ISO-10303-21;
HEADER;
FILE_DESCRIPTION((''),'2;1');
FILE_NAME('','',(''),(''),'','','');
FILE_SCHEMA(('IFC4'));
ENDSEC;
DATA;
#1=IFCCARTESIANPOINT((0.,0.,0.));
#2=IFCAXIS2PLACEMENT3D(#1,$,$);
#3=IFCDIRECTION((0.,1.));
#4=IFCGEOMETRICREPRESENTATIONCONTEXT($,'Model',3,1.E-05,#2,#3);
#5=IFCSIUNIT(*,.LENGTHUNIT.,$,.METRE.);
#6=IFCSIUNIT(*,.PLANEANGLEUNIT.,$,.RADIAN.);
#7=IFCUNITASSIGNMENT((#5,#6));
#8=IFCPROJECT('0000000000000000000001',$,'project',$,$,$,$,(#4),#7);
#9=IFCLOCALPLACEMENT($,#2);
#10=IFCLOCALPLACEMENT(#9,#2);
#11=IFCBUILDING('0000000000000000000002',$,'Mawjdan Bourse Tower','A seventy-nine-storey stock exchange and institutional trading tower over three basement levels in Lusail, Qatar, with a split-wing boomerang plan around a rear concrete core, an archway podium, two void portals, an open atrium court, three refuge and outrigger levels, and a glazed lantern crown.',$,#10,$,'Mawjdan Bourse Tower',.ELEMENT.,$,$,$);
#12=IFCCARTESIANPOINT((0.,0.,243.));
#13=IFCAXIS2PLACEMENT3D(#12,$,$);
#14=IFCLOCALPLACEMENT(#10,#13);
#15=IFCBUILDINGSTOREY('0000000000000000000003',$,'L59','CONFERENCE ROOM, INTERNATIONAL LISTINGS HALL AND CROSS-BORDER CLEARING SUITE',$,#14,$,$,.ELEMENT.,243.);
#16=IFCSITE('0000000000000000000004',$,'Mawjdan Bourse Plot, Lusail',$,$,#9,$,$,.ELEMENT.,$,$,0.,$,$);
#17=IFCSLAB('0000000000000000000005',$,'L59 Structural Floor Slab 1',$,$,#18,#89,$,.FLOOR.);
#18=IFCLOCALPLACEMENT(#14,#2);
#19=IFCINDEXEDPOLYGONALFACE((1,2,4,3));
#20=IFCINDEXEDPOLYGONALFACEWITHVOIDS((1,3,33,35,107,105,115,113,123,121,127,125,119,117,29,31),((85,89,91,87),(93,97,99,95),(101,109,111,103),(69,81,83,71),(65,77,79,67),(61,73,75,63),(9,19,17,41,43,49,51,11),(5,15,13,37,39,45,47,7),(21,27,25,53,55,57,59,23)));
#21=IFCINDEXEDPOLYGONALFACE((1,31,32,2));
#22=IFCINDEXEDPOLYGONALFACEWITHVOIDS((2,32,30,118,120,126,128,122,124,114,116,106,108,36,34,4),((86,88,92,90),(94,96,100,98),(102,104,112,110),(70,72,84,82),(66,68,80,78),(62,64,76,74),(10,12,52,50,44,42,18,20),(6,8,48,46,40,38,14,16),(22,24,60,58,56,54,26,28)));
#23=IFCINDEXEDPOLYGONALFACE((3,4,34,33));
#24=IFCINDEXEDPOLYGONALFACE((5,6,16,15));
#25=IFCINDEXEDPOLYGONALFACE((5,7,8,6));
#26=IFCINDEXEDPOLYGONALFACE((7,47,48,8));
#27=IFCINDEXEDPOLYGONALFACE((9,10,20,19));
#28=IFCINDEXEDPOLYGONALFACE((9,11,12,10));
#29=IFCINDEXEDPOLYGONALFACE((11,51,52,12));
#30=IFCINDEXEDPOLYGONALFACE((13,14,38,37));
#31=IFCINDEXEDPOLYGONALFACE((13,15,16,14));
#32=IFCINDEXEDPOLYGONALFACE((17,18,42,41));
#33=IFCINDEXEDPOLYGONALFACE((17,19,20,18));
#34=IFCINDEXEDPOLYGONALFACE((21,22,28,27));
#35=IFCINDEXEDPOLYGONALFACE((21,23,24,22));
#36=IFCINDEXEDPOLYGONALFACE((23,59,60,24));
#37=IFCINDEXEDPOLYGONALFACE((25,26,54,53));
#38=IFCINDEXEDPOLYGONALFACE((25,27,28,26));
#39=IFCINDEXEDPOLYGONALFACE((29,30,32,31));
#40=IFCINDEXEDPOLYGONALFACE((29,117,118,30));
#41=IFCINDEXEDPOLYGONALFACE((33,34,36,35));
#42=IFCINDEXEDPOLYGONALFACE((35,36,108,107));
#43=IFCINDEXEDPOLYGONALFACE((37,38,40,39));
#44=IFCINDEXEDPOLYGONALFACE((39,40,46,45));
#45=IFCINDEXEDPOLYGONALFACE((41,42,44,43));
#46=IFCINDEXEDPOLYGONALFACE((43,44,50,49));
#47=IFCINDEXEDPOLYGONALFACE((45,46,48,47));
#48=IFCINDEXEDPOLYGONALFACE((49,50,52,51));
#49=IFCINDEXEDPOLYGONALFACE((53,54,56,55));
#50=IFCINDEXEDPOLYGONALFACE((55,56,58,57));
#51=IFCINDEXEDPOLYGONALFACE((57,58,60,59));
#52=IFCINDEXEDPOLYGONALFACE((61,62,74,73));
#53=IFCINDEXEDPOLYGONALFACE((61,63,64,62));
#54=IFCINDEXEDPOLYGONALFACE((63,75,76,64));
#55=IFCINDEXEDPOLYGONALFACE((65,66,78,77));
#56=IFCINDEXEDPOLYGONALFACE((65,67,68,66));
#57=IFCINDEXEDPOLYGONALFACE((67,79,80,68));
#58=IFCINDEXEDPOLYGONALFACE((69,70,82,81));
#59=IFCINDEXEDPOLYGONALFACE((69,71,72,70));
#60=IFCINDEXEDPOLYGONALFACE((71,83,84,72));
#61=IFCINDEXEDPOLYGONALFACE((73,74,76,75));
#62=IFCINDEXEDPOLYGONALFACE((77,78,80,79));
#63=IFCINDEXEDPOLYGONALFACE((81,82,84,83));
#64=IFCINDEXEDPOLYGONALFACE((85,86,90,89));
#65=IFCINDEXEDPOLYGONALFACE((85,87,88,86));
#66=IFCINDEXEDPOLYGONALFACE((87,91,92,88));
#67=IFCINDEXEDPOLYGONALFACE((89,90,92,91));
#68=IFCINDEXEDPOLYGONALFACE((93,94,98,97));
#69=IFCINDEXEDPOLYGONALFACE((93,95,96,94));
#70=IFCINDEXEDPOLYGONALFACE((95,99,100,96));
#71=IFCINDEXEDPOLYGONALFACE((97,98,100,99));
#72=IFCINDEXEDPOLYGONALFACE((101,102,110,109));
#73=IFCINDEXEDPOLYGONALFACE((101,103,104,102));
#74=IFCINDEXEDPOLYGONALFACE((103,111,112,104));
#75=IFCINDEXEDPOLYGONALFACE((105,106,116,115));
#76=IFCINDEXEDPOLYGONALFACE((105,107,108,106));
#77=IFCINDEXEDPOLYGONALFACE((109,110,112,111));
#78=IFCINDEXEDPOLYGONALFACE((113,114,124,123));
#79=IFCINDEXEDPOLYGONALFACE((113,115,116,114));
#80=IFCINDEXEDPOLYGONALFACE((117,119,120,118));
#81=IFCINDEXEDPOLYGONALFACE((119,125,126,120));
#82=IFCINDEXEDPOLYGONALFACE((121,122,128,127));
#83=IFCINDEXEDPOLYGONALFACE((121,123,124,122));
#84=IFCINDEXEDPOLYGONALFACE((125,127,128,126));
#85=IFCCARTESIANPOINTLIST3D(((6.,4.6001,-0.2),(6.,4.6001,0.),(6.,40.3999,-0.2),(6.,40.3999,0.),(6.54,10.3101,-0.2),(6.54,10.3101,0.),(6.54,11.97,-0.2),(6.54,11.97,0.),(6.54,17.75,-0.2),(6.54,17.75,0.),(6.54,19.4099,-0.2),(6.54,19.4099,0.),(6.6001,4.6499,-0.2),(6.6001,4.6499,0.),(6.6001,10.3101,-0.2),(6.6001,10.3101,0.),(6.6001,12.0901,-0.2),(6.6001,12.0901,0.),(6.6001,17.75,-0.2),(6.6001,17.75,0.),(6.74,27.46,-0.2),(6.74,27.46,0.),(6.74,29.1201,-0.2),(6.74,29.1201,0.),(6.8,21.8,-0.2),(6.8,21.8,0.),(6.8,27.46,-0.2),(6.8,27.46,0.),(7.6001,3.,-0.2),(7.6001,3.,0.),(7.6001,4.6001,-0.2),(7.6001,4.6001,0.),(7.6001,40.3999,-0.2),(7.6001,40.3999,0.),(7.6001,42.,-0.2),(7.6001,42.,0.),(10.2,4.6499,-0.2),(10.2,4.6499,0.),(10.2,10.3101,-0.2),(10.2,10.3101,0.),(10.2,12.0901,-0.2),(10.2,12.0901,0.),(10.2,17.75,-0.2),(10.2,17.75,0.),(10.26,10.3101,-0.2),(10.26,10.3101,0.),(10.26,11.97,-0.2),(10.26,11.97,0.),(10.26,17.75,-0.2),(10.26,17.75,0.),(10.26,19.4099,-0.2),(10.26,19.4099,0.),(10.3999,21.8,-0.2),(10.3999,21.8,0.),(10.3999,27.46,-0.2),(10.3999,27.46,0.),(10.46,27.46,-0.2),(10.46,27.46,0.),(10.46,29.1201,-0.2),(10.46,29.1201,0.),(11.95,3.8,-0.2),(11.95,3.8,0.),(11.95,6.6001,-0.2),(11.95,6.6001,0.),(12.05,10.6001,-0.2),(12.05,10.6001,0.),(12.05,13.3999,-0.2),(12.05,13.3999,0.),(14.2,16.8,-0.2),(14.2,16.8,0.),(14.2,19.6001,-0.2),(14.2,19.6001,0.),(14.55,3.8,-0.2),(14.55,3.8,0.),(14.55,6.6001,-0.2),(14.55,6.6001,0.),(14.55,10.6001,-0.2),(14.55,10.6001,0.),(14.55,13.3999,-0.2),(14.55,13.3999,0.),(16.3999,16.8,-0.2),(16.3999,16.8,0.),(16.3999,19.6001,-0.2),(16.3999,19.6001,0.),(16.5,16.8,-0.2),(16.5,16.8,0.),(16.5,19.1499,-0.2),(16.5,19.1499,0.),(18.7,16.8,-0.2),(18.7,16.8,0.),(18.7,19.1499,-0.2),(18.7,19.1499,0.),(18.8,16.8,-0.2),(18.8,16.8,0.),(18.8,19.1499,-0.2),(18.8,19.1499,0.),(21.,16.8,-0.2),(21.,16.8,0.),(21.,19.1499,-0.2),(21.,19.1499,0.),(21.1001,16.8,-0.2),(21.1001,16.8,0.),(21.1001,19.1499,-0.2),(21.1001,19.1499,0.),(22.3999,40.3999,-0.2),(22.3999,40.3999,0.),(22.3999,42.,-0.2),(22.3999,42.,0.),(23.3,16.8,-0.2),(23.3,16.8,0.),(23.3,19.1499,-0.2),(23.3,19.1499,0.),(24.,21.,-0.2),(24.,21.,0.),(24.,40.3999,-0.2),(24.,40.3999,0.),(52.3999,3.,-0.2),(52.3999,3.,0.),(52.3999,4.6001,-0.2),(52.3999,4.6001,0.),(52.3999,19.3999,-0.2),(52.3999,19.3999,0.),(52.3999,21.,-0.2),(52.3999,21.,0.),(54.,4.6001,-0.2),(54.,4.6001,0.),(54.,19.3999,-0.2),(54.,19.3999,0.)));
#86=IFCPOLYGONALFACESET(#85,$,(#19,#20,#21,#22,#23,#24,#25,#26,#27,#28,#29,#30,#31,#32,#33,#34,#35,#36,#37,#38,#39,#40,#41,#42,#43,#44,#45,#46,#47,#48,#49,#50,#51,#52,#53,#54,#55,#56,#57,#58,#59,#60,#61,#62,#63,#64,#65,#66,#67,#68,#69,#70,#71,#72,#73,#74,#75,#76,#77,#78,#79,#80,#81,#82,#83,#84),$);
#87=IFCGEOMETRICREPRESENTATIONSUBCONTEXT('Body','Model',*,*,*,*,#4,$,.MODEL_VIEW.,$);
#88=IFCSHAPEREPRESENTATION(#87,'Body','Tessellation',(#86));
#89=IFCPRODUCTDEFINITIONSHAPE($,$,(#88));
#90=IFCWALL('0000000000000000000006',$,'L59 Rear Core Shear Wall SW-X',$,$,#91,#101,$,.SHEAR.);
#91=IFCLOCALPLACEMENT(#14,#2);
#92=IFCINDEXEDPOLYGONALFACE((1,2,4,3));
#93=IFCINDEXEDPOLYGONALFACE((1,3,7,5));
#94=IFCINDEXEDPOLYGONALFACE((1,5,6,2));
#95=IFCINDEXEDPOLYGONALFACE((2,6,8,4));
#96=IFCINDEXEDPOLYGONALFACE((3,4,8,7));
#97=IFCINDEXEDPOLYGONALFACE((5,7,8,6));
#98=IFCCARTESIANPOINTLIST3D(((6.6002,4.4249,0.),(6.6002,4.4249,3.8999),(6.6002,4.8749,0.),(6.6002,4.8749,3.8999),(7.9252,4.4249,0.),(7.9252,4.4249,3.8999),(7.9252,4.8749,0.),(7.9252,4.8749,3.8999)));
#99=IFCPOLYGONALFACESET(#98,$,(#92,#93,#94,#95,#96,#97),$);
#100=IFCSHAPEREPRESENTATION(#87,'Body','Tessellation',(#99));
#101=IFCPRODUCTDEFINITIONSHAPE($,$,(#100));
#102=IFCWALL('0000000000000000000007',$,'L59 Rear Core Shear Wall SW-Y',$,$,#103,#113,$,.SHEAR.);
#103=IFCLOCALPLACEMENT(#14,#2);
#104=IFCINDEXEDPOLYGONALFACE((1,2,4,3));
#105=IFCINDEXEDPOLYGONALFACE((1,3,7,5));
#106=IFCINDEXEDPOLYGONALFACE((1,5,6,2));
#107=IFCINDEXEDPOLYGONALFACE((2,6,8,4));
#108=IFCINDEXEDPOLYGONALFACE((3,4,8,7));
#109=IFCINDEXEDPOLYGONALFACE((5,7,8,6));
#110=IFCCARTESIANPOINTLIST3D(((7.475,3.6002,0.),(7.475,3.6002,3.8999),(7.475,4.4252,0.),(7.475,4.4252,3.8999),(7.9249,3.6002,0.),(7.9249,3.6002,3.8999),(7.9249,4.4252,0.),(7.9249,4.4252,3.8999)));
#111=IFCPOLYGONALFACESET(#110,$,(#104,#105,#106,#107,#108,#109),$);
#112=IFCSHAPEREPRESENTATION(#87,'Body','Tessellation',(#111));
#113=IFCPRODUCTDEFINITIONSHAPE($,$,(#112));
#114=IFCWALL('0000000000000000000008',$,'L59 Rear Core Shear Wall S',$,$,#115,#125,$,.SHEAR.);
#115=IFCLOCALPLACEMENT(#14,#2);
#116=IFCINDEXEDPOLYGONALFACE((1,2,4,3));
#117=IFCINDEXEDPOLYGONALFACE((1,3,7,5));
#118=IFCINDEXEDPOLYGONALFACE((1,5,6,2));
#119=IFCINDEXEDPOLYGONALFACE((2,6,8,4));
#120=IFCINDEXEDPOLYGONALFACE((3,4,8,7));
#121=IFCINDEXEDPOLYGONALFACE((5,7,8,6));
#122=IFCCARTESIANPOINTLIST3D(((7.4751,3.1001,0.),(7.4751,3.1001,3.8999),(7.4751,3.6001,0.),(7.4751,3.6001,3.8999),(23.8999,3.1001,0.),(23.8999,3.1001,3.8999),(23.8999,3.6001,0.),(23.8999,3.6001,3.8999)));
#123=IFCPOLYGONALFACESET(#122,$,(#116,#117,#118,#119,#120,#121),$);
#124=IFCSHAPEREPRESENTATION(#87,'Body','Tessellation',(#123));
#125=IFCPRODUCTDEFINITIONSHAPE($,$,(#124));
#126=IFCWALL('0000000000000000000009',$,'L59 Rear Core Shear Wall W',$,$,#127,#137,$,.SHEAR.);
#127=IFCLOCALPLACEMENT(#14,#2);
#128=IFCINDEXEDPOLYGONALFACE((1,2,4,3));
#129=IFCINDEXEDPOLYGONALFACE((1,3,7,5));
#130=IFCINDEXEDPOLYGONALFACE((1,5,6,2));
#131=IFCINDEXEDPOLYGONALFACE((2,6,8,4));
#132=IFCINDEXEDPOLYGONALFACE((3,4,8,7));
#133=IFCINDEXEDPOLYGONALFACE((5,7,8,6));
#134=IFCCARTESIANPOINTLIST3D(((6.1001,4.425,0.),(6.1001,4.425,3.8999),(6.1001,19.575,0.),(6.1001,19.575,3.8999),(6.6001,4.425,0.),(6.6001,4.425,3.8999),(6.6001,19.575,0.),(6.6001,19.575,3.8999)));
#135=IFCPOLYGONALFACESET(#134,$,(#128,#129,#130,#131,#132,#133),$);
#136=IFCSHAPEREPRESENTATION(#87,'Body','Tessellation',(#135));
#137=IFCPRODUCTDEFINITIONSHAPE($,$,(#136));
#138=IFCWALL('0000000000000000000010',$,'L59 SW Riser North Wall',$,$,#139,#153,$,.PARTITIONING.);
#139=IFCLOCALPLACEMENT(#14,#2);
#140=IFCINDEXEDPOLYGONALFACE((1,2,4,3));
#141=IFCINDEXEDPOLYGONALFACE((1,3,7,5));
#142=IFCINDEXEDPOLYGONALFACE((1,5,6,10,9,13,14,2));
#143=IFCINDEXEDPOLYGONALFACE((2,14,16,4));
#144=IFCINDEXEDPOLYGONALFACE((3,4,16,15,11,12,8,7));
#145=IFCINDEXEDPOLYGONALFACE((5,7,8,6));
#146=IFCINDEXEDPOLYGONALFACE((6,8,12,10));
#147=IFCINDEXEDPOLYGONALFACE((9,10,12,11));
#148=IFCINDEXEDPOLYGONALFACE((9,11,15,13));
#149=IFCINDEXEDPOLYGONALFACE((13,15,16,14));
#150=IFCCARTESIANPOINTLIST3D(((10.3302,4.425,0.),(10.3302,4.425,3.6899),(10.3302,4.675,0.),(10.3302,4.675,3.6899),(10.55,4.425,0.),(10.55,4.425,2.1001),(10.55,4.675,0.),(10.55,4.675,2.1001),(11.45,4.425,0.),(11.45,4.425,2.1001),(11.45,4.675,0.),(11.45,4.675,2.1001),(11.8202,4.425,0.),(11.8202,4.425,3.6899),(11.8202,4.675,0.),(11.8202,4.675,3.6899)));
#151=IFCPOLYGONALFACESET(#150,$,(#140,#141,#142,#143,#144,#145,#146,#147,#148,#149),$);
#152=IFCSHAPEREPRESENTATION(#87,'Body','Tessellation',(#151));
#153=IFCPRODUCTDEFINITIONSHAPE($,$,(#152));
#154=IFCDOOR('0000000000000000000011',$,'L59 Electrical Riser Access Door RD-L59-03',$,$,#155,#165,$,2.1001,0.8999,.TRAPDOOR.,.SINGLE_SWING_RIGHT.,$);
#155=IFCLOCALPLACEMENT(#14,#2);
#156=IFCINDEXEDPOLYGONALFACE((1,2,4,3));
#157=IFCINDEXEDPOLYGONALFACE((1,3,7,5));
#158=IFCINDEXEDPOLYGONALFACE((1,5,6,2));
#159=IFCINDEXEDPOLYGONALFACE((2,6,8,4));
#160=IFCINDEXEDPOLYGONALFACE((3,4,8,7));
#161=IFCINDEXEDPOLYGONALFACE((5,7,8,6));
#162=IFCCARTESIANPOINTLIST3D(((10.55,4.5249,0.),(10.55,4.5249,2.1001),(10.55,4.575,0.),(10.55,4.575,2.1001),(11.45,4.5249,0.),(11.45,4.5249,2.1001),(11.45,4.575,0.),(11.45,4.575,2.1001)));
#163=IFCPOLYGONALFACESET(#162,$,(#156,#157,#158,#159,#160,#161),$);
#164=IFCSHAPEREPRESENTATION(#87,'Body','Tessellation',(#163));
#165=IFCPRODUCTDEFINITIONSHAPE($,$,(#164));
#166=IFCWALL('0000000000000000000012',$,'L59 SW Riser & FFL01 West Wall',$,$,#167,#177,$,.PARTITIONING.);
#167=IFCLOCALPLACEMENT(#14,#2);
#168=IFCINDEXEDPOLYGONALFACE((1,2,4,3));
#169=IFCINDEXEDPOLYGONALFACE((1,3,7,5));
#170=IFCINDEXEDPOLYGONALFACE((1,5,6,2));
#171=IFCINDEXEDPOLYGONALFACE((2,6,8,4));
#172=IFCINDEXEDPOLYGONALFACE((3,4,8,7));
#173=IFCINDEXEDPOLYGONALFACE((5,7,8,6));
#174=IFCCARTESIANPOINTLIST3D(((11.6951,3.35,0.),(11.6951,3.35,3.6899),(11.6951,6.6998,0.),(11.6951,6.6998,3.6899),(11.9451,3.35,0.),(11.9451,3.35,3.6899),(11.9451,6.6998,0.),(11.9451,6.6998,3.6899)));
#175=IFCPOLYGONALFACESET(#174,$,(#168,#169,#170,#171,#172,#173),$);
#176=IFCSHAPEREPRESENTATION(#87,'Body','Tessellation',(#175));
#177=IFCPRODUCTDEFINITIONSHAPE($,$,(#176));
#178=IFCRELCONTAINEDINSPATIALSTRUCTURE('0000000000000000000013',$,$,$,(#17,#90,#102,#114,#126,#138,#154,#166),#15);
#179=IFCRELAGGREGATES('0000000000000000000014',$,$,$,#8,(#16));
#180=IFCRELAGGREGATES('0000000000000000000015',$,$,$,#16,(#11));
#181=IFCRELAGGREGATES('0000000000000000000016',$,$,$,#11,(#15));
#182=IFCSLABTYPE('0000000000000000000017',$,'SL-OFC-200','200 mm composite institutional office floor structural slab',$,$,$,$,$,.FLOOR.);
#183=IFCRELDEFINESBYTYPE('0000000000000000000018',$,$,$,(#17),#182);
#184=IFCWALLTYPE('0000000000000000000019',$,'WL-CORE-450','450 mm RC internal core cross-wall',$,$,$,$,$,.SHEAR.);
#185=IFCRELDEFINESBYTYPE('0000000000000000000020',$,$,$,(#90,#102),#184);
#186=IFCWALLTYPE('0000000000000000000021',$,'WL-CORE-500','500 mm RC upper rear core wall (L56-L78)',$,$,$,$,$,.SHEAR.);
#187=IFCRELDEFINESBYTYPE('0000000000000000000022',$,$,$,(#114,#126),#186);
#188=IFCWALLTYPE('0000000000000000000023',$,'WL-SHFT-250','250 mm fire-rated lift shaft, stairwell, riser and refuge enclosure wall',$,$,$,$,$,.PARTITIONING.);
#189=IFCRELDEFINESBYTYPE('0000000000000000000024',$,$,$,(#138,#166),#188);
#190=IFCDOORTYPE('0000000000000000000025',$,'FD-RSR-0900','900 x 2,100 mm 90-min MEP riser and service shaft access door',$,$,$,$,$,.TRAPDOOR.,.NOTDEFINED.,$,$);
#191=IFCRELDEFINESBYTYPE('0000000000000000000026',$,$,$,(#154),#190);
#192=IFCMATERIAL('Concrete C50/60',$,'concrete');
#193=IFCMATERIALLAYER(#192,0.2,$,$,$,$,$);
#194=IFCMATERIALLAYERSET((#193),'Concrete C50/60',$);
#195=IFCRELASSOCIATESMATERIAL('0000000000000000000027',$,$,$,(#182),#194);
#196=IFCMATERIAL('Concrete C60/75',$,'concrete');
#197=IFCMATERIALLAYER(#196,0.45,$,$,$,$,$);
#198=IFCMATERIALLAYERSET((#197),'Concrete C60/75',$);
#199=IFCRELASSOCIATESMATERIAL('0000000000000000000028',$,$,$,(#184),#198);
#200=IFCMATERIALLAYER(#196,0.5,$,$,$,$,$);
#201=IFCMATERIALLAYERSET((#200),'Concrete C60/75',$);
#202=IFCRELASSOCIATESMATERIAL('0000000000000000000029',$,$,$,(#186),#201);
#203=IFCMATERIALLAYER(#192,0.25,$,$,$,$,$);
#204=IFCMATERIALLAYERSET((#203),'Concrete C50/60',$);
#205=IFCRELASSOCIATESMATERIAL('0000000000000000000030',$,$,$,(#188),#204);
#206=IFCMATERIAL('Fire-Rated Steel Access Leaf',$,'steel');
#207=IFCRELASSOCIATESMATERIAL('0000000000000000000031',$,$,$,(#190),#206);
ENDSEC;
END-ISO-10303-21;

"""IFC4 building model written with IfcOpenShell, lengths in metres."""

from ifc_helpers import new_model, si_unit, direction, frame, frame_2d, origin, place, context, subcontext, project, spatial, polyline, rectangle, outline, extrude, material, layer, layer_set, type_object, element, fill, save


model = new_model("IFC4")

# Units and contexts
model_context = context("Model", 3, precision=1e-05, world=origin(), true_north=direction((0.0, 1.0)))
body_context = subcontext(model_context, "Body", "Model", "MODEL_VIEW")
ifc_project = project(units=[si_unit("LENGTHUNIT", "METRE"), si_unit("PLANEANGLEUNIT", "RADIAN")], contexts=[model_context])

# Site, building, storey
site_placement = place(None, origin())
site = spatial("IfcSite", under=ifc_project, at=site_placement, Name="Mawjdan Bourse Plot, Lusail", CompositionType="ELEMENT", RefElevation=0.0)
building_placement = place(site_placement, origin())
building = spatial("IfcBuilding", under=site, at=building_placement, Name="Mawjdan Bourse Tower", Description="A seventy-nine-storey stock exchange and institutional trading tower over three basement levels in Lusail, Qatar, with a split-wing boomerang plan around a rear concrete core, an archway podium, two void portals, an open atrium court, three refuge and outrigger levels, and a glazed lantern crown.", LongName="Mawjdan Bourse Tower", CompositionType="ELEMENT")
storey_placement = place(building_placement, frame((0.0, 0.0, 243.0)))
storey = spatial("IfcBuildingStorey", under=building, at=storey_placement, Name="L59", Description="CONFERENCE ROOM, INTERNATIONAL LISTINGS HALL AND CROSS-BORDER CLEARING SUITE", CompositionType="ELEMENT", Elevation=243.0)

# Shared definitions
ifc_material_1 = material(Name="Concrete C50/60", Category="concrete")

# Slab
ifc_layer_1 = layer(ifc_material_1, 0.2)
ifc_layer_set_1 = layer_set([ifc_layer_1], Name="Concrete C50/60")
slab_type_1 = type_object("IfcSlabType", Name="SL-OFC-200", Description="200 mm composite institutional office floor structural slab", PredefinedType="FLOOR", material=ifc_layer_set_1)
slab_1_placement = place(storey_placement, frame((0.0, 0.0, -0.2)))
element("IfcSlab", 1, at=slab_1_placement, inside=storey, type_object=slab_type_1, Name="L59 Structural Floor Slab 1", PredefinedType="FLOOR", context=body_context, shape_type="SweptSolid", body=[
    extrude(outline(polyline([(7.6001, 3.0), (52.3999, 3.0), (52.3999, 4.6001), (54.0, 4.6001), (54.0, 19.3999), (52.3999, 19.3999), (52.3999, 21.0), (24.0, 21.0), (24.0, 40.3999), (22.3999, 40.3999), (22.3999, 42.0), (7.6001, 42.0), (7.6001, 40.3999), (6.0, 40.3999), (6.0, 4.6001), (7.6001, 4.6001), (7.6001, 3.0)]), holes=[polyline([(6.54, 11.97), (10.26, 11.97), (10.26, 10.3101), (10.2, 10.3101), (10.2, 4.6499), (6.6001, 4.6499), (6.6001, 10.3101), (6.54, 10.3101), (6.54, 11.97)]), polyline([(6.6001, 12.0901), (6.6001, 17.75), (6.54, 17.75), (6.54, 19.4099), (10.26, 19.4099), (10.26, 17.75), (10.2, 17.75), (10.2, 12.0901), (6.6001, 12.0901)]), polyline([(10.46, 29.1201), (10.46, 27.46), (10.3999, 27.46), (10.3999, 21.8), (6.8, 21.8), (6.8, 27.46), (6.74, 27.46), (6.74, 29.1201), (10.46, 29.1201)]), polyline([(14.55, 3.8), (11.95, 3.8), (11.95, 6.6001), (14.55, 6.6001), (14.55, 3.8)]), polyline([(12.05, 10.6001), (12.05, 13.3999), (14.55, 13.3999), (14.55, 10.6001), (12.05, 10.6001)]), polyline([(16.5, 16.8), (16.5, 19.1499), (18.7, 19.1499), (18.7, 16.8), (16.5, 16.8)]), polyline([(21.0, 16.8), (18.8, 16.8), (18.8, 19.1499), (21.0, 19.1499), (21.0, 16.8)]), polyline([(21.1001, 16.8), (21.1001, 19.1499), (23.3, 19.1499), (23.3, 16.8), (21.1001, 16.8)]), polyline([(14.2, 16.8), (14.2, 19.6001), (16.3999, 19.6001), (16.3999, 16.8), (14.2, 16.8)])]), origin(), (0.0, 0.0, 1.0), 0.2),
])

# Walls
ifc_material_2 = material(Name="Concrete C60/75", Category="concrete")
ifc_layer_2 = layer(ifc_material_2, 0.45)
ifc_layer_set_2 = layer_set([ifc_layer_2], Name="Concrete C60/75")
wall_type_1 = type_object("IfcWallType", Name="WL-CORE-450", Description="450 mm RC internal core cross-wall", PredefinedType="SHEAR", material=ifc_layer_set_2)
wall_1_placement = place(storey_placement, frame((6.6001, 4.6499, 0.0), z_axis=(0.0, 0.0, 1.0), x_axis=(1.0, 0.0, 0.0)))
element("IfcWall", 2, at=wall_1_placement, inside=storey, type_object=wall_type_1, Name="L59 Rear Core Shear Wall SW-X", PredefinedType="SHEAR", context=body_context, shape_type="SweptSolid", body=[
    extrude(rectangle(XDim=1.325, YDim=0.45, at=frame_2d((0.6626, 0.0))), origin(), (0.0, 0.0, 1.0), 3.8999),
])
wall_2_placement = place(storey_placement, frame((7.7, 3.6001, 0.0), z_axis=(0.0, 0.0, 1.0), x_axis=(0.0, 1.0, 0.0)))
element("IfcWall", 3, at=wall_2_placement, inside=storey, type_object=wall_type_1, Name="L59 Rear Core Shear Wall SW-Y", PredefinedType="SHEAR", context=body_context, shape_type="SweptSolid", body=[
    extrude(rectangle(XDim=0.825, YDim=0.45, at=frame_2d((0.4126, 0.0))), origin(), (0.0, 0.0, 1.0), 3.8999),
])
ifc_layer_3 = layer(ifc_material_2, 0.5)
ifc_layer_set_3 = layer_set([ifc_layer_3], Name="Concrete C60/75")
wall_type_2 = type_object("IfcWallType", Name="WL-CORE-500", Description="500 mm RC upper rear core wall (L56-L78)", PredefinedType="SHEAR", material=ifc_layer_set_3)
wall_3_placement = place(storey_placement, frame((7.4751, 3.3501, 0.0), z_axis=(0.0, 0.0, 1.0), x_axis=(1.0, 0.0, 0.0)))
element("IfcWall", 4, at=wall_3_placement, inside=storey, type_object=wall_type_2, Name="L59 Rear Core Shear Wall S", PredefinedType="SHEAR", context=body_context, shape_type="SweptSolid", body=[
    extrude(rectangle(XDim=16.4248, YDim=0.5, at=frame_2d((8.2124, 0.0))), origin(), (0.0, 0.0, 1.0), 3.8999),
])
wall_4_placement = place(storey_placement, frame((6.3501, 4.425, 0.0), z_axis=(0.0, 0.0, 1.0), x_axis=(0.0, 1.0, 0.0)))
element("IfcWall", 5, at=wall_4_placement, inside=storey, type_object=wall_type_2, Name="L59 Rear Core Shear Wall W", PredefinedType="SHEAR", context=body_context, shape_type="SweptSolid", body=[
    extrude(rectangle(XDim=15.1499, YDim=0.5, at=frame_2d((7.575, 0.0))), origin(), (0.0, 0.0, 1.0), 3.8999),
])

# Wall, opening, door
ifc_layer_4 = layer(ifc_material_1, 0.25)
ifc_layer_set_4 = layer_set([ifc_layer_4], Name="Concrete C50/60")
wall_type_3 = type_object("IfcWallType", Name="WL-SHFT-250", Description="250 mm fire-rated lift shaft, stairwell, riser and refuge enclosure wall", PredefinedType="PARTITIONING", material=ifc_layer_set_4)
wall_5_placement = place(storey_placement, frame((10.3301, 4.55, 0.0), z_axis=(0.0, 0.0, 1.0), x_axis=(1.0, 0.0, 0.0)))
wall_5 = element("IfcWall", 6, at=wall_5_placement, inside=storey, type_object=wall_type_3, Name="L59 SW Riser North Wall", PredefinedType="PARTITIONING", context=body_context, shape_type="SweptSolid", body=[
    extrude(rectangle(XDim=1.49, YDim=0.25, at=frame_2d((0.7451, 0.0))), origin(), (0.0, 0.0, 1.0), 3.6899),
])
opening_1_placement = place(wall_5_placement, frame((0.22, 0.0, 0.0)))
opening_1 = element("IfcOpeningElement", 7, at=opening_1_placement, cuts=wall_5, PredefinedType="OPENING", context=body_context, shape_type="SweptSolid", body=[
    extrude(rectangle(XDim=0.8999, YDim=2.1001, at=frame_2d((0.45, 1.05))), frame((0.0, 0.135, 0.0), z_axis=(0.0, -1.0, 0.0), x_axis=(1.0, 0.0, 0.0)), (0.0, 0.0, 1.0), 0.27),
])
ifc_material_3 = material(Name="Fire-Rated Steel Access Leaf", Category="steel")
door_type_1 = type_object("IfcDoorType", Name="FD-RSR-0900", Description="900 x 2,100 mm 90-min MEP riser and service shaft access door", OperationType="NOTDEFINED", PredefinedType="TRAPDOOR", material=ifc_material_3)
door_1_placement = place(opening_1_placement, origin())
door_1 = element("IfcDoor", 8, at=door_1_placement, inside=storey, type_object=door_type_1, Name="L59 Electrical Riser Access Door RD-L59-03", OperationType="SINGLE_SWING_RIGHT", OverallHeight=2.1001, OverallWidth=0.8999, PredefinedType="TRAPDOOR", context=body_context, shape_type="SweptSolid", body=[
    extrude(rectangle(XDim=0.8999, YDim=2.1001, at=frame_2d((0.45, 1.05))), frame((0.0, 0.0249, 0.0), z_axis=(0.0, -1.0, 0.0), x_axis=(1.0, 0.0, 0.0)), (0.0, 0.0, 1.0), 0.05),
])
fill(opening_1, door_1)

# Wall
wall_6_placement = place(storey_placement, frame((11.8201, 3.3501, 0.0), z_axis=(0.0, 0.0, 1.0), x_axis=(0.0, 1.0, 0.0)))
element("IfcWall", 9, at=wall_6_placement, inside=storey, type_object=wall_type_3, Name="L59 SW Riser & FFL01 West Wall", PredefinedType="PARTITIONING", context=body_context, shape_type="SweptSolid", body=[
    extrude(rectangle(XDim=3.3499, YDim=0.25, at=frame_2d((1.6748, 0.0))), origin(), (0.0, 0.0, 1.0), 3.6899),
])

save(model, "model.ifc")
